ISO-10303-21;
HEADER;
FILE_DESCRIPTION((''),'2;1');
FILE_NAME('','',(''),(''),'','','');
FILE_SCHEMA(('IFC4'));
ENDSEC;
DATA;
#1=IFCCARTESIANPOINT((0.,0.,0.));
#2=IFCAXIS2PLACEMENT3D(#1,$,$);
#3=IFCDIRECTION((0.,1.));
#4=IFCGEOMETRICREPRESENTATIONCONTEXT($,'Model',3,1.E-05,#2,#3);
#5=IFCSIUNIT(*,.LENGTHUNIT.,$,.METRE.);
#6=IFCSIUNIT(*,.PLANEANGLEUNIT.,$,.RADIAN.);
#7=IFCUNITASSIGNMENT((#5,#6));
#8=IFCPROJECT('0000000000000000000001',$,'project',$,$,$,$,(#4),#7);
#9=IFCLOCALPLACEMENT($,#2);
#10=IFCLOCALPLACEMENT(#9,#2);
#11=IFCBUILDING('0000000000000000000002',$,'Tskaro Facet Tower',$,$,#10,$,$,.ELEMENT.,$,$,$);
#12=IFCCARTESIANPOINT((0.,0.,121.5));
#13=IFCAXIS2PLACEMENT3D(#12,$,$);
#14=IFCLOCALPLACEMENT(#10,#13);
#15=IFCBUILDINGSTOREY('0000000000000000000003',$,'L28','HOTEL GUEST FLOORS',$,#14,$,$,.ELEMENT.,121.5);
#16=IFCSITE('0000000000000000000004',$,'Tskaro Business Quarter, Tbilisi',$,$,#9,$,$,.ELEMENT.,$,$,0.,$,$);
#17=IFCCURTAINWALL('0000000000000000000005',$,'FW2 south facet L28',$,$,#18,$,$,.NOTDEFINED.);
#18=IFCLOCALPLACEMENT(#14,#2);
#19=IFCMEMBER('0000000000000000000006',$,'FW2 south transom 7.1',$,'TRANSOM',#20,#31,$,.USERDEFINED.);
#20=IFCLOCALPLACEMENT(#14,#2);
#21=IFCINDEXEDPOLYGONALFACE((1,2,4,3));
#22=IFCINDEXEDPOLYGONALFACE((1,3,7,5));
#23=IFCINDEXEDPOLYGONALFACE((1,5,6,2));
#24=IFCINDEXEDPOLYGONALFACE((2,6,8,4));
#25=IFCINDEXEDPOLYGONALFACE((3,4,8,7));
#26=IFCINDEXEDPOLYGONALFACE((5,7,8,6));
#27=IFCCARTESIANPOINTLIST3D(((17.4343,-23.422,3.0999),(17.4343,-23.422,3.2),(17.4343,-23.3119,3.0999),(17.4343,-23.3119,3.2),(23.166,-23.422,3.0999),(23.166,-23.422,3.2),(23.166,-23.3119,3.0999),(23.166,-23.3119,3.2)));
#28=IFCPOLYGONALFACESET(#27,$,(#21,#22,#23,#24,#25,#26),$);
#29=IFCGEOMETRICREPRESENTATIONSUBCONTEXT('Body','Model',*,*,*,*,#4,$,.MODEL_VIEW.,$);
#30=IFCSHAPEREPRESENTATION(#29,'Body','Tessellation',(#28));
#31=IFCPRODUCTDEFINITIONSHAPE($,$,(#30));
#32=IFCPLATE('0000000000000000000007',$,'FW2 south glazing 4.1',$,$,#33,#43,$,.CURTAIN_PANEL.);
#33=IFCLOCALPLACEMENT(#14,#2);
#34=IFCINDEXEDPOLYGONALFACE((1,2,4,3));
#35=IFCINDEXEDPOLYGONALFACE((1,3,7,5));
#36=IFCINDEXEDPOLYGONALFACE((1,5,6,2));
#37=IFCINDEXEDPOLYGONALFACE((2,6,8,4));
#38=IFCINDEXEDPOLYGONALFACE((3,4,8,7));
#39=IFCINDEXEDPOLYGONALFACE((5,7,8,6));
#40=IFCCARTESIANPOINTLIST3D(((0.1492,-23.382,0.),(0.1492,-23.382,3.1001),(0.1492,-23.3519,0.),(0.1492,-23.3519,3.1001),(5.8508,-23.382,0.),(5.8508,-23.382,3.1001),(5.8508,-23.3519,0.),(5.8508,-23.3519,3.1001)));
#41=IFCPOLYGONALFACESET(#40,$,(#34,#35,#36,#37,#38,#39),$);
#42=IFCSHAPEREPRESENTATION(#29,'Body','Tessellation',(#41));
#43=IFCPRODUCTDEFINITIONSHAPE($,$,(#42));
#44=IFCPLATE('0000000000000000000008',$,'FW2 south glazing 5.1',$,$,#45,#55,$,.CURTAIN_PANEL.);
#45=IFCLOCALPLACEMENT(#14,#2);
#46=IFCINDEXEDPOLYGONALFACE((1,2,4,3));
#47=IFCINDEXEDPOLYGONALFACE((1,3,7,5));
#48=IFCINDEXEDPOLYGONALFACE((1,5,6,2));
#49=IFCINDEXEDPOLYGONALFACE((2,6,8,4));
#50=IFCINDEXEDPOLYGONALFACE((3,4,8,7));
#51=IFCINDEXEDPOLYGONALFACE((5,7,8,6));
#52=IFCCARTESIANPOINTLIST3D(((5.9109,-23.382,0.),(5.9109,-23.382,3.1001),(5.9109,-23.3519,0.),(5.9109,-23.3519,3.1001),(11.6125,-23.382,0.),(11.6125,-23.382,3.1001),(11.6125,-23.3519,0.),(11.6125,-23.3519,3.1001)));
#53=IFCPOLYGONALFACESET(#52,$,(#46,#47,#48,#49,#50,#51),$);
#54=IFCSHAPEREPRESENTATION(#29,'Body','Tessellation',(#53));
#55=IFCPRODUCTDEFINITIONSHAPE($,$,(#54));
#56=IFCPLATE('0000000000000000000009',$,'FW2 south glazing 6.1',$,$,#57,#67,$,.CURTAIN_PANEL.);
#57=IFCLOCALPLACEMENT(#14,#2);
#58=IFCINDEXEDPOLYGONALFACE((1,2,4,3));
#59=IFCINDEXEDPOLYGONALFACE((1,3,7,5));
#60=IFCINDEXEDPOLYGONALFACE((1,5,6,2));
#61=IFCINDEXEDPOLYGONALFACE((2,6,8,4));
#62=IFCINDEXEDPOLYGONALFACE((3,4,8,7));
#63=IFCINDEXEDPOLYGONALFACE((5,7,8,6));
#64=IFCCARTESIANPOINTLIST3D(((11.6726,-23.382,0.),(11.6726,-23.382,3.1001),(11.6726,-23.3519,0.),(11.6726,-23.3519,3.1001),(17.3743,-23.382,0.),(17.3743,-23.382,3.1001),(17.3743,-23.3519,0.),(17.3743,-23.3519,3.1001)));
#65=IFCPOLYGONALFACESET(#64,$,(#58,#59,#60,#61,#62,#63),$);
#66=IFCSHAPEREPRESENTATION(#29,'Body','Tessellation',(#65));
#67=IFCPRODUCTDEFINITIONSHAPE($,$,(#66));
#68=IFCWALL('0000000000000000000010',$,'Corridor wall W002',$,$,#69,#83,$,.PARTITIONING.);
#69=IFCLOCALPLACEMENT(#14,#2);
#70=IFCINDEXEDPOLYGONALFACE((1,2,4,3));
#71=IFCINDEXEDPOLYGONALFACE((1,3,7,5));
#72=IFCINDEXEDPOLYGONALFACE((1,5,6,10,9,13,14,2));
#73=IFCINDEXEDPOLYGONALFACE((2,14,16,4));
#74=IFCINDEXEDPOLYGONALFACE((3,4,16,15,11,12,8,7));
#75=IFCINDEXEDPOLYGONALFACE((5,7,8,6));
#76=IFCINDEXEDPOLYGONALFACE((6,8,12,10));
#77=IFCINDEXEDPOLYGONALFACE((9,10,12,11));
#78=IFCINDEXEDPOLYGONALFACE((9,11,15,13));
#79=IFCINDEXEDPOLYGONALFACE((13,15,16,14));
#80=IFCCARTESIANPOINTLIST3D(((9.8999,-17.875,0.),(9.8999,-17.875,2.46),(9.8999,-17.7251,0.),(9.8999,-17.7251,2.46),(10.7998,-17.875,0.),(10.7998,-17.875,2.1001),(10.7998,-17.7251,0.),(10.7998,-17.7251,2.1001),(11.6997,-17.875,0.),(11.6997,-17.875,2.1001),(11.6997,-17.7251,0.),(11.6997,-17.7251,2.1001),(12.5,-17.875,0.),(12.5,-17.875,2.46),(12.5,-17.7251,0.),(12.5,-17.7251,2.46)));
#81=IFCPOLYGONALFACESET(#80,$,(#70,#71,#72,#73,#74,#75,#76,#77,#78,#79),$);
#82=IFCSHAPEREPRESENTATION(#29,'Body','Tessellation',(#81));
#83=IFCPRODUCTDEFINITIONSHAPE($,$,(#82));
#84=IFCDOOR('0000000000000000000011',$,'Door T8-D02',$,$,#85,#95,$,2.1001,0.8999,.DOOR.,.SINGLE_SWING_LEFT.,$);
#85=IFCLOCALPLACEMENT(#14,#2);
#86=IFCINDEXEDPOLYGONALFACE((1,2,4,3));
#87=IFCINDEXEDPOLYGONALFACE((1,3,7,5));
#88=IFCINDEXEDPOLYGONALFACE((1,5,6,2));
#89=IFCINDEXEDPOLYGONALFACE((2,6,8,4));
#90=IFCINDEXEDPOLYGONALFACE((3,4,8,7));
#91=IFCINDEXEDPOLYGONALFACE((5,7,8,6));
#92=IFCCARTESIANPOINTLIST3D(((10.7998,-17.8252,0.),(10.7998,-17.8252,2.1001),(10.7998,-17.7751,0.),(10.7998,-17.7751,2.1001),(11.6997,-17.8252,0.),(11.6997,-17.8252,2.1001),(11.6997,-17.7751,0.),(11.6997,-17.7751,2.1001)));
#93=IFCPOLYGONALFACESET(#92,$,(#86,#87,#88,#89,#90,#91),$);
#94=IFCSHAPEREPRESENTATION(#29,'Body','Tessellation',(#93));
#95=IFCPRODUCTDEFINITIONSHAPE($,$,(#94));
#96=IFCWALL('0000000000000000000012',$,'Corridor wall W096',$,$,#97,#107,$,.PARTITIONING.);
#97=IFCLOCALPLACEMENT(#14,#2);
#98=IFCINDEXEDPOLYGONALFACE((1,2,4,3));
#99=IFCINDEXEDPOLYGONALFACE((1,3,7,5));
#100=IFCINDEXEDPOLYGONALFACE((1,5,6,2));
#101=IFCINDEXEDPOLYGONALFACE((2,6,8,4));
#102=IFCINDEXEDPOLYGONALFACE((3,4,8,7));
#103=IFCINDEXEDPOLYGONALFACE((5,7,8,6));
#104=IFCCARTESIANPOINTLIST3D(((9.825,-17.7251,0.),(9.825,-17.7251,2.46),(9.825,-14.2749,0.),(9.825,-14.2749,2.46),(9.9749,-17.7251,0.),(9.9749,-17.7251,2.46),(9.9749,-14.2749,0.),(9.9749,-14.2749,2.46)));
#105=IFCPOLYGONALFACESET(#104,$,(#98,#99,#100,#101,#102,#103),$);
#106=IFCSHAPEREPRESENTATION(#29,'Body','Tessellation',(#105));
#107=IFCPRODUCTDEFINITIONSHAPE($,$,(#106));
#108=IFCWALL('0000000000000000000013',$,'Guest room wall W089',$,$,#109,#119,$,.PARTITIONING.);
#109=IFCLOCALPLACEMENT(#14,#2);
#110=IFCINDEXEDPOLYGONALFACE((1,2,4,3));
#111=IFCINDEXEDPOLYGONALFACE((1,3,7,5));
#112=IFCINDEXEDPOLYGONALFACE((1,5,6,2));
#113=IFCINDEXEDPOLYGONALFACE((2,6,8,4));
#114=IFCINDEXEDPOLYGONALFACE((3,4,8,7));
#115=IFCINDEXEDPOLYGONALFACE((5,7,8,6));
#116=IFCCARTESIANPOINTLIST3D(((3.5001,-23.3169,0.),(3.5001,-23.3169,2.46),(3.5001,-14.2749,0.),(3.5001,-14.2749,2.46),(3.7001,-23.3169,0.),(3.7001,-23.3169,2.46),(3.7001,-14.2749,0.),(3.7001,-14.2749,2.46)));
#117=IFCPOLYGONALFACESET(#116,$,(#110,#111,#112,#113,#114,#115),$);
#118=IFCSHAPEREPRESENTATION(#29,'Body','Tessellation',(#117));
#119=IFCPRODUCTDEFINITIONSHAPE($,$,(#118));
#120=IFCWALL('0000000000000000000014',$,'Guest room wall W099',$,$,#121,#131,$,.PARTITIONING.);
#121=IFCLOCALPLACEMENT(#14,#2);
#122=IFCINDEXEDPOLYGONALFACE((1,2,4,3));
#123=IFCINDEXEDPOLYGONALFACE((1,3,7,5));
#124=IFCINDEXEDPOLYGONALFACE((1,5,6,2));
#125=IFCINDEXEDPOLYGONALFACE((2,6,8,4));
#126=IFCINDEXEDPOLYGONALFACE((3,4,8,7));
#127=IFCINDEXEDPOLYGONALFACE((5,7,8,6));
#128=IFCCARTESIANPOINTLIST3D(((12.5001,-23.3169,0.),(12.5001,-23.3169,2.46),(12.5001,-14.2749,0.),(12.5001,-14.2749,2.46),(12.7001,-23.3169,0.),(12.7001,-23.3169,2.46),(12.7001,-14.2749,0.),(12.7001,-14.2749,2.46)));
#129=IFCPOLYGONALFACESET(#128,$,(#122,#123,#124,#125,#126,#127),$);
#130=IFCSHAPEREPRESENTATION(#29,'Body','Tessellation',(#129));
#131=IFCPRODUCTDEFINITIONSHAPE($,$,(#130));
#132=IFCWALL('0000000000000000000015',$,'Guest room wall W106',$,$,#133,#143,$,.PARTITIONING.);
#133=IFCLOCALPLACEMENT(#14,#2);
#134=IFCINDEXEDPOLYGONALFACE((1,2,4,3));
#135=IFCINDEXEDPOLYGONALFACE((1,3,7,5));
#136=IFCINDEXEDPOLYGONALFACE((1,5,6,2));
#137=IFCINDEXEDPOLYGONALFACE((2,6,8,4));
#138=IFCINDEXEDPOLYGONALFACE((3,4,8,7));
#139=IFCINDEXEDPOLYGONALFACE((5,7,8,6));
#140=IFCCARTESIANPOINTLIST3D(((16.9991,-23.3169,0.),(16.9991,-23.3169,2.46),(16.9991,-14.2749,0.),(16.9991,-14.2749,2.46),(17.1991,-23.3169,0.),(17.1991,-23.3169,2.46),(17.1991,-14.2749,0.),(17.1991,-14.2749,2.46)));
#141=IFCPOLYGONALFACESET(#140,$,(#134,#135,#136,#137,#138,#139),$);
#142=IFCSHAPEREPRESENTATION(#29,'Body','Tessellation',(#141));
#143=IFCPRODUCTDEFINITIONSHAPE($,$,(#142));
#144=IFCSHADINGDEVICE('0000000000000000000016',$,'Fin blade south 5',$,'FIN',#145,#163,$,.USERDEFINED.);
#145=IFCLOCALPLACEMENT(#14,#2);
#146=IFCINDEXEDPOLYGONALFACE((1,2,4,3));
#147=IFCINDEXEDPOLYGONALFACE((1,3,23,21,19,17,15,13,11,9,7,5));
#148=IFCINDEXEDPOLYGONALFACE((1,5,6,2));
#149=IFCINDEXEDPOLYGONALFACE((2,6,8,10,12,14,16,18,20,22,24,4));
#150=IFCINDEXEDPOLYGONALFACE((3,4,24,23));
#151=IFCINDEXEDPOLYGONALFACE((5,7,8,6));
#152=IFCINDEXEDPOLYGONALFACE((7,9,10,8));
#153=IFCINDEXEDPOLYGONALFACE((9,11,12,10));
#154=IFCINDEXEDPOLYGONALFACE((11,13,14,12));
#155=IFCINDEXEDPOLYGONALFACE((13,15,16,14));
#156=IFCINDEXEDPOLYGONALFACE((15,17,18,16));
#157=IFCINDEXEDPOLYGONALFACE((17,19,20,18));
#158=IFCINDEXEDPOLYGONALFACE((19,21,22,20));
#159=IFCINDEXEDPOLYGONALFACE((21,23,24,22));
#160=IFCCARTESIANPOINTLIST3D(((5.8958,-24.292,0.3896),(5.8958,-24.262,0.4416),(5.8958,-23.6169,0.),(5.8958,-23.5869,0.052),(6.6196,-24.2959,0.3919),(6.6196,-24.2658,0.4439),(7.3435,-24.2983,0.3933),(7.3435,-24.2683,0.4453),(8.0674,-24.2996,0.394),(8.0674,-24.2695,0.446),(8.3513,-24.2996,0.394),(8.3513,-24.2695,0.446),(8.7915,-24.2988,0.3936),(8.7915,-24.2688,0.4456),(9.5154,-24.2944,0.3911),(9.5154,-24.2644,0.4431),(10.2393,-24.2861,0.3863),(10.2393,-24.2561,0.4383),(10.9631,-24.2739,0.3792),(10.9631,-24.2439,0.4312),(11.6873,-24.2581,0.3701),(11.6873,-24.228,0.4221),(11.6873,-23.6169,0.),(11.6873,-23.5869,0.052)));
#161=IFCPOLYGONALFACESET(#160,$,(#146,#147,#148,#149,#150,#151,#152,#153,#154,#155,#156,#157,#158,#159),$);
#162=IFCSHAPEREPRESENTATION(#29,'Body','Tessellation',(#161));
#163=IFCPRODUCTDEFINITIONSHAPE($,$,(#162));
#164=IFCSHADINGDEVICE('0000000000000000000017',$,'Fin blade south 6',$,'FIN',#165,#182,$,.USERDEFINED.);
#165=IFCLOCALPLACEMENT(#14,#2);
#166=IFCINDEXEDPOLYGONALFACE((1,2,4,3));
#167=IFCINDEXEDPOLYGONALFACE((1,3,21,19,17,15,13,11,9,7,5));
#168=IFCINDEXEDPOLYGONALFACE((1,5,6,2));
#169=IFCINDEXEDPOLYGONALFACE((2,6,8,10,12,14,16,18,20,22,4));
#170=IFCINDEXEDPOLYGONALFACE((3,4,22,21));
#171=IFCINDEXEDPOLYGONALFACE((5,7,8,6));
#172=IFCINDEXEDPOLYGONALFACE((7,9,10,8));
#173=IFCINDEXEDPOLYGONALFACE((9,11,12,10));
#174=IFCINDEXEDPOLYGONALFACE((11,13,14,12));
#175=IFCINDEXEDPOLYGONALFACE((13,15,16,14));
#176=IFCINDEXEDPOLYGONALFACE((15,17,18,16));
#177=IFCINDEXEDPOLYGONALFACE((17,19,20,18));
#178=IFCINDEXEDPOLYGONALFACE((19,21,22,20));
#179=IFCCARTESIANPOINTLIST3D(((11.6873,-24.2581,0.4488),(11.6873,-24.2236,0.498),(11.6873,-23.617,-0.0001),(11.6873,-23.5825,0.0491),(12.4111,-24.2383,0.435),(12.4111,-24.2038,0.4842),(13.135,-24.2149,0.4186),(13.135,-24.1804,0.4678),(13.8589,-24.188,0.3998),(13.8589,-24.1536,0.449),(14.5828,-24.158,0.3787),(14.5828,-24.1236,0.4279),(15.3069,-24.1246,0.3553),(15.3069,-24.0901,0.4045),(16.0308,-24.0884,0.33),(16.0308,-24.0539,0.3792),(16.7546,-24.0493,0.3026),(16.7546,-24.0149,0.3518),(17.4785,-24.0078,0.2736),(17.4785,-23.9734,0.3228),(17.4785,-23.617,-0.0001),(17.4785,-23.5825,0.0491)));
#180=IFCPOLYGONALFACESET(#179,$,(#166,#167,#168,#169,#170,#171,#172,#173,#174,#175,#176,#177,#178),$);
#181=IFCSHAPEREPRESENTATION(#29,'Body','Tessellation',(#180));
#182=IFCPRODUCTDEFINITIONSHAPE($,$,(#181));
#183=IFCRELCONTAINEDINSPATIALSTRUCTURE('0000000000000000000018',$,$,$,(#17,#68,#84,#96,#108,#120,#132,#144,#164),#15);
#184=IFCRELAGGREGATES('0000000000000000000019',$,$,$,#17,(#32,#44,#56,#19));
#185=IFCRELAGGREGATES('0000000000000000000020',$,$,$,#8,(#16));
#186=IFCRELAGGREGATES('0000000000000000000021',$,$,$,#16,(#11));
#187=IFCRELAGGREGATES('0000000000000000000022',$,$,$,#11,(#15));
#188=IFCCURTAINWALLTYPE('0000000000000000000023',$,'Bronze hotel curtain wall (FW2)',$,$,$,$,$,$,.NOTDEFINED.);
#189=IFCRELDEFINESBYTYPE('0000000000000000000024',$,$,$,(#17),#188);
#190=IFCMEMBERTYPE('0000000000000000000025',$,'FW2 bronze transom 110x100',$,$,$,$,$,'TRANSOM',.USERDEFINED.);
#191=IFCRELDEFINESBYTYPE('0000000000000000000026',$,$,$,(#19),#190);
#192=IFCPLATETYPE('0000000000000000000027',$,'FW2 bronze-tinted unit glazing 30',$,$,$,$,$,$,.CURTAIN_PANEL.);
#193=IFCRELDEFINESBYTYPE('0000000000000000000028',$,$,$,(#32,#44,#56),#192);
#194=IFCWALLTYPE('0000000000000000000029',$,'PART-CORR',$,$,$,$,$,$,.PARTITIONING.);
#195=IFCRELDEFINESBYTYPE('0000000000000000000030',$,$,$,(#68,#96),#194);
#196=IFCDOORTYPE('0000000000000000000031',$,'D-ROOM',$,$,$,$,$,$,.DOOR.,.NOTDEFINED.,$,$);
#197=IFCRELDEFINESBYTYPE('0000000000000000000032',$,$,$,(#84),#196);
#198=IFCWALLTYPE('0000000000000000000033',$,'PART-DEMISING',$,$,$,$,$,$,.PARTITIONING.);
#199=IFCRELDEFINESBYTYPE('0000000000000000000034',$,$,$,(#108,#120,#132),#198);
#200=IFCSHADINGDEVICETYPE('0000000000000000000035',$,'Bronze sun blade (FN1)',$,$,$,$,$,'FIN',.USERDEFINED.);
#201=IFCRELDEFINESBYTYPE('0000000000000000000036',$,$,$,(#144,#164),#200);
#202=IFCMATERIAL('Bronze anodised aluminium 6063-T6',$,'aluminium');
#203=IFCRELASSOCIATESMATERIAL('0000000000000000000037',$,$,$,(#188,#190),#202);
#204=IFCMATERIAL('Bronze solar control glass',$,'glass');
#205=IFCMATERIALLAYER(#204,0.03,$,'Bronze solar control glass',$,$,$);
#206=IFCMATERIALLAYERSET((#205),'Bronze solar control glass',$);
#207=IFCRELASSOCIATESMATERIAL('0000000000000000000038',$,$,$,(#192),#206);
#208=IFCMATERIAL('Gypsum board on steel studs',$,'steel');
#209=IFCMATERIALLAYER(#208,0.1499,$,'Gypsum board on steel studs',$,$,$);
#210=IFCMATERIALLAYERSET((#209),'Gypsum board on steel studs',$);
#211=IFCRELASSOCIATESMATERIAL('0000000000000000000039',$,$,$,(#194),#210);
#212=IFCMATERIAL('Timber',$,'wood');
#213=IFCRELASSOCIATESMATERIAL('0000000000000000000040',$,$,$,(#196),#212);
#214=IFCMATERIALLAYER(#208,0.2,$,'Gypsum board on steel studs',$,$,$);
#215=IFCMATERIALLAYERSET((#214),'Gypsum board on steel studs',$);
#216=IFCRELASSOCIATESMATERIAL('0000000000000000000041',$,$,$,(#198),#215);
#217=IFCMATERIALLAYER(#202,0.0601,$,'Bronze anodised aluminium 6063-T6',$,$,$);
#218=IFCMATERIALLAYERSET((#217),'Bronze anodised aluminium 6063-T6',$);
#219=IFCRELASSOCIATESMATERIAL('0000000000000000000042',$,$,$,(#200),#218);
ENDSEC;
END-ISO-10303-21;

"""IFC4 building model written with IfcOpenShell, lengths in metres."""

from ifc_helpers import new_model, si_unit, direction, frame, frame_2d, origin, origin_2d, place, context, subcontext, project, spatial, polyline, rectangle, outline, extrude, material, layer, layer_set, material_profile, profile_set, type_object, element, fill, aggregate, save


model = new_model("IFC4")

# Units and contexts
model_context = context("Model", 3, precision=1e-05, world=origin(), true_north=direction((0.0, 1.0)))
body_context = subcontext(model_context, "Body", "Model", "MODEL_VIEW")
ifc_project = project(units=[si_unit("LENGTHUNIT", "METRE"), si_unit("PLANEANGLEUNIT", "RADIAN")], contexts=[model_context])

# Site, building, storey
site_placement = place(None, origin())
site = spatial("IfcSite", under=ifc_project, at=site_placement, Name="Tskaro Business Quarter, Tbilisi", CompositionType="ELEMENT", RefElevation=0.0)
building_placement = place(site_placement, origin())
building = spatial("IfcBuilding", under=site, at=building_placement, Name="Tskaro Facet Tower", CompositionType="ELEMENT")
storey_placement = place(building_placement, frame((0.0, 0.0, 121.5)))
storey = spatial("IfcBuildingStorey", under=building, at=storey_placement, Name="L28", Description="HOTEL GUEST FLOORS", CompositionType="ELEMENT", Elevation=121.5)

# Curtain wall, member, plates
ifc_material_1 = material(Name="Bronze anodised aluminium 6063-T6", Category="aluminium")
curtain_wall_type = type_object("IfcCurtainWallType", Name="Bronze hotel curtain wall (FW2)", PredefinedType="NOTDEFINED", material=ifc_material_1)
curtain_wall_placement = place(storey_placement, origin())
curtain_wall = element("IfcCurtainWall", 1, at=curtain_wall_placement, inside=storey, type_object=curtain_wall_type, Name="FW2 south facet L28", PredefinedType="NOTDEFINED")
ifc_material_profile_1 = material_profile(ifc_material_1, rectangle(XDim=0.1101, YDim=0.1001, at=origin_2d()), Name="Transom 110x100")
ifc_profile_set_1 = profile_set([ifc_material_profile_1], Name="Bronze anodised aluminium 6063-T6")
member_type_1 = type_object("IfcMemberType", Name="FW2 bronze transom 110x100", ElementType="TRANSOM", PredefinedType="USERDEFINED", material=ifc_profile_set_1)
member_1_placement = place(storey_placement, frame((17.4343, -23.3669, 3.1499), z_axis=(1.0, 0.0, 0.0), x_axis=(0.0, 1.0, 0.0)))
member_1 = element("IfcMember", 2, at=member_1_placement, type_object=member_type_1, Name="FW2 south transom 7.1", ObjectType="TRANSOM", PredefinedType="USERDEFINED", context=body_context, shape_type="SweptSolid", body=[
    extrude(rectangle(XDim=0.1101, YDim=0.1001, at=origin_2d()), origin(), (0.0, 0.0, 1.0), 5.7317),
])
ifc_material_2 = material(Name="Bronze solar control glass", Category="glass")
ifc_layer_1 = layer(ifc_material_2, 0.03, Name="Bronze solar control glass")
ifc_layer_set_1 = layer_set([ifc_layer_1], Name="Bronze solar control glass")
plate_type = type_object("IfcPlateType", Name="FW2 bronze-tinted unit glazing 30", PredefinedType="CURTAIN_PANEL", material=ifc_layer_set_1)
plate_1_placement = place(storey_placement, frame((3.0, -23.3669, 0.0), z_axis=(0.0, 0.0, 1.0), x_axis=(1.0, 0.0, 0.0)))
plate_1 = element("IfcPlate", 3, at=plate_1_placement, type_object=plate_type, Name="FW2 south glazing 4.1", PredefinedType="CURTAIN_PANEL", context=body_context, shape_type="SweptSolid", body=[
    extrude(rectangle(XDim=5.7017, YDim=0.03, at=origin_2d()), origin(), (0.0, 0.0, 1.0), 3.1001),
])
plate_2_placement = place(storey_placement, frame((8.7617, -23.3669, 0.0), z_axis=(0.0, 0.0, 1.0), x_axis=(1.0, 0.0, 0.0)))
plate_2 = element("IfcPlate", 4, at=plate_2_placement, type_object=plate_type, Name="FW2 south glazing 5.1", PredefinedType="CURTAIN_PANEL", context=body_context, shape_type="SweptSolid", body=[
    extrude(rectangle(XDim=5.7017, YDim=0.03, at=origin_2d()), origin(), (0.0, 0.0, 1.0), 3.1001),
])
plate_3_placement = place(storey_placement, frame((14.5234, -23.3669, 0.0), z_axis=(0.0, 0.0, 1.0), x_axis=(1.0, 0.0, 0.0)))
plate_3 = element("IfcPlate", 5, at=plate_3_placement, type_object=plate_type, Name="FW2 south glazing 6.1", PredefinedType="CURTAIN_PANEL", context=body_context, shape_type="SweptSolid", body=[
    extrude(rectangle(XDim=5.7017, YDim=0.03, at=origin_2d()), origin(), (0.0, 0.0, 1.0), 3.1001),
])
aggregate(curtain_wall, [plate_1, plate_2, plate_3, member_1])

# Wall, opening, door
ifc_material_3 = material(Name="Gypsum board on steel studs", Category="steel")
ifc_layer_2 = layer(ifc_material_3, 0.1499, Name="Gypsum board on steel studs")
ifc_layer_set_2 = layer_set([ifc_layer_2], Name="Gypsum board on steel studs")
wall_type_1 = type_object("IfcWallType", Name="PART-CORR", PredefinedType="PARTITIONING", material=ifc_layer_set_2)
wall_1_placement = place(storey_placement, frame((9.8999, -17.8, 0.0), z_axis=(0.0, 0.0, 1.0), x_axis=(1.0, 0.0, 0.0)))
wall_1 = element("IfcWall", 6, at=wall_1_placement, inside=storey, type_object=wall_type_1, Name="Corridor wall W002", PredefinedType="PARTITIONING", context=body_context, shape_type="SweptSolid", body=[
    extrude(rectangle(XDim=2.6001, YDim=0.1499, at=frame_2d((1.3, 0.0))), origin(), (0.0, 0.0, 1.0), 2.46),
])
opening_placement = place(wall_1_placement, frame((0.8999, 0.0, 0.0)))
opening = element("IfcOpeningElement", 7, at=opening_placement, cuts=wall_1, PredefinedType="OPENING", context=body_context, shape_type="SweptSolid", body=[
    extrude(rectangle(XDim=0.8999, YDim=2.1001, at=frame_2d((0.45, 1.05))), frame((0.0, 0.085, 0.0), z_axis=(0.0, -1.0, 0.0), x_axis=(1.0, 0.0, 0.0)), (0.0, 0.0, 1.0), 0.1699),
])
ifc_material_4 = material(Name="Timber", Category="wood")
door_type = type_object("IfcDoorType", Name="D-ROOM", OperationType="NOTDEFINED", PredefinedType="DOOR", material=ifc_material_4)
door_placement = place(opening_placement, origin())
door = element("IfcDoor", 8, at=door_placement, inside=storey, type_object=door_type, Name="Door T8-D02", OperationType="SINGLE_SWING_LEFT", OverallHeight=2.1001, OverallWidth=0.8999, PredefinedType="DOOR", context=body_context, shape_type="SweptSolid", body=[
    extrude(rectangle(XDim=0.8999, YDim=2.1001, at=frame_2d((0.45, 1.05))), frame((0.0, 0.0249, 0.0), z_axis=(0.0, -1.0, 0.0), x_axis=(1.0, 0.0, 0.0)), (0.0, 0.0, 1.0), 0.05),
])
fill(opening, door)

# Walls
wall_2_placement = place(storey_placement, frame((9.8999, -17.7251, 0.0), z_axis=(0.0, 0.0, 1.0), x_axis=(0.0, 1.0, 0.0)))
element("IfcWall", 9, at=wall_2_placement, inside=storey, type_object=wall_type_1, Name="Corridor wall W096", PredefinedType="PARTITIONING", context=body_context, shape_type="SweptSolid", body=[
    extrude(rectangle(XDim=3.4502, YDim=0.1499, at=frame_2d((1.7251, 0.0))), origin(), (0.0, 0.0, 1.0), 2.46),
])
ifc_layer_3 = layer(ifc_material_3, 0.2, Name="Gypsum board on steel studs")
ifc_layer_set_3 = layer_set([ifc_layer_3], Name="Gypsum board on steel studs")
wall_type_2 = type_object("IfcWallType", Name="PART-DEMISING", PredefinedType="PARTITIONING", material=ifc_layer_set_3)
for number, where, z_axis, x_axis, name in (
    (10, (3.6001, -23.3169, 0.0), (0.0, 0.0, 1.0), (0.0, 1.0, 0.0), "Guest room wall W089"),
    (11, (12.6001, -23.3169, 0.0), (0.0, 0.0, 1.0), (0.0, 1.0, 0.0), "Guest room wall W099"),
    (12, (17.0991, -23.3169, 0.0), (0.0, 0.0, 1.0), (0.0, 1.0, 0.0), "Guest room wall W106"),
):
    element("IfcWall", number, at=place(storey_placement, frame(where, z_axis=z_axis, x_axis=x_axis)), inside=storey, type_object=wall_type_2, Name=name, PredefinedType="PARTITIONING", context=body_context, shape_type="SweptSolid", body=[
        extrude(rectangle(XDim=9.042, YDim=0.2, at=frame_2d((4.521, 0.0))), origin(), (0.0, 0.0, 1.0), 2.46),
    ])

# Shading devices
ifc_layer_4 = layer(ifc_material_1, 0.0601, Name="Bronze anodised aluminium 6063-T6")
ifc_layer_set_4 = layer_set([ifc_layer_4], Name="Bronze anodised aluminium 6063-T6")
shading_device_type = type_object("IfcShadingDeviceType", Name="Bronze sun blade (FN1)", ElementType="FIN", PredefinedType="USERDEFINED", material=ifc_layer_set_4)
shading_device_1_placement = place(storey_placement, frame((5.8958, -23.5869, 0.052), z_axis=(-0.000004, 0.499902, 0.866082), x_axis=(1.0, 0.000002, 0.000003)))
element("IfcShadingDevice", 13, at=shading_device_1_placement, inside=storey, type_object=shading_device_type, Name="Fin blade south 5", ObjectType="FIN", PredefinedType="USERDEFINED", context=body_context, shape_type="SweptSolid", body=[
    extrude(outline(polyline([(0.0, 0.0), (5.7915, 0.0), (5.7915, -0.7403), (5.0674, -0.7585), (4.3435, -0.7727), (3.6196, -0.7823), (2.8958, -0.7873), (2.4556, -0.7882), (2.1716, -0.7882), (1.4478, -0.7868), (0.7239, -0.7839), (0.0, -0.7794), (0.0, 0.0)])), origin(), (0.0, 0.0, -1.0), 0.0601),
])
shading_device_2_placement = place(storey_placement, frame((11.6873, -23.5825, 0.0491), z_axis=(0.000004, 0.573606, 0.819132), x_axis=(1.0, -0.000002, -0.000003)))
element("IfcShadingDevice", 14, at=shading_device_2_placement, inside=storey, type_object=shading_device_type, Name="Fin blade south 6", ObjectType="FIN", PredefinedType="USERDEFINED", context=body_context, shape_type="SweptSolid", body=[
    extrude(outline(polyline([(0.0, 0.0), (5.7913, 0.0), (5.7913, -0.4772), (5.0674, -0.5278), (4.3435, -0.5755), (3.6196, -0.6197), (2.8955, -0.6605), (2.1716, -0.6971), (1.4478, -0.7299), (0.7239, -0.7585), (0.0, -0.7827), (0.0, 0.0)])), origin(), (0.0, 0.0, -1.0), 0.0601),
])

save(model, "model.ifc")
